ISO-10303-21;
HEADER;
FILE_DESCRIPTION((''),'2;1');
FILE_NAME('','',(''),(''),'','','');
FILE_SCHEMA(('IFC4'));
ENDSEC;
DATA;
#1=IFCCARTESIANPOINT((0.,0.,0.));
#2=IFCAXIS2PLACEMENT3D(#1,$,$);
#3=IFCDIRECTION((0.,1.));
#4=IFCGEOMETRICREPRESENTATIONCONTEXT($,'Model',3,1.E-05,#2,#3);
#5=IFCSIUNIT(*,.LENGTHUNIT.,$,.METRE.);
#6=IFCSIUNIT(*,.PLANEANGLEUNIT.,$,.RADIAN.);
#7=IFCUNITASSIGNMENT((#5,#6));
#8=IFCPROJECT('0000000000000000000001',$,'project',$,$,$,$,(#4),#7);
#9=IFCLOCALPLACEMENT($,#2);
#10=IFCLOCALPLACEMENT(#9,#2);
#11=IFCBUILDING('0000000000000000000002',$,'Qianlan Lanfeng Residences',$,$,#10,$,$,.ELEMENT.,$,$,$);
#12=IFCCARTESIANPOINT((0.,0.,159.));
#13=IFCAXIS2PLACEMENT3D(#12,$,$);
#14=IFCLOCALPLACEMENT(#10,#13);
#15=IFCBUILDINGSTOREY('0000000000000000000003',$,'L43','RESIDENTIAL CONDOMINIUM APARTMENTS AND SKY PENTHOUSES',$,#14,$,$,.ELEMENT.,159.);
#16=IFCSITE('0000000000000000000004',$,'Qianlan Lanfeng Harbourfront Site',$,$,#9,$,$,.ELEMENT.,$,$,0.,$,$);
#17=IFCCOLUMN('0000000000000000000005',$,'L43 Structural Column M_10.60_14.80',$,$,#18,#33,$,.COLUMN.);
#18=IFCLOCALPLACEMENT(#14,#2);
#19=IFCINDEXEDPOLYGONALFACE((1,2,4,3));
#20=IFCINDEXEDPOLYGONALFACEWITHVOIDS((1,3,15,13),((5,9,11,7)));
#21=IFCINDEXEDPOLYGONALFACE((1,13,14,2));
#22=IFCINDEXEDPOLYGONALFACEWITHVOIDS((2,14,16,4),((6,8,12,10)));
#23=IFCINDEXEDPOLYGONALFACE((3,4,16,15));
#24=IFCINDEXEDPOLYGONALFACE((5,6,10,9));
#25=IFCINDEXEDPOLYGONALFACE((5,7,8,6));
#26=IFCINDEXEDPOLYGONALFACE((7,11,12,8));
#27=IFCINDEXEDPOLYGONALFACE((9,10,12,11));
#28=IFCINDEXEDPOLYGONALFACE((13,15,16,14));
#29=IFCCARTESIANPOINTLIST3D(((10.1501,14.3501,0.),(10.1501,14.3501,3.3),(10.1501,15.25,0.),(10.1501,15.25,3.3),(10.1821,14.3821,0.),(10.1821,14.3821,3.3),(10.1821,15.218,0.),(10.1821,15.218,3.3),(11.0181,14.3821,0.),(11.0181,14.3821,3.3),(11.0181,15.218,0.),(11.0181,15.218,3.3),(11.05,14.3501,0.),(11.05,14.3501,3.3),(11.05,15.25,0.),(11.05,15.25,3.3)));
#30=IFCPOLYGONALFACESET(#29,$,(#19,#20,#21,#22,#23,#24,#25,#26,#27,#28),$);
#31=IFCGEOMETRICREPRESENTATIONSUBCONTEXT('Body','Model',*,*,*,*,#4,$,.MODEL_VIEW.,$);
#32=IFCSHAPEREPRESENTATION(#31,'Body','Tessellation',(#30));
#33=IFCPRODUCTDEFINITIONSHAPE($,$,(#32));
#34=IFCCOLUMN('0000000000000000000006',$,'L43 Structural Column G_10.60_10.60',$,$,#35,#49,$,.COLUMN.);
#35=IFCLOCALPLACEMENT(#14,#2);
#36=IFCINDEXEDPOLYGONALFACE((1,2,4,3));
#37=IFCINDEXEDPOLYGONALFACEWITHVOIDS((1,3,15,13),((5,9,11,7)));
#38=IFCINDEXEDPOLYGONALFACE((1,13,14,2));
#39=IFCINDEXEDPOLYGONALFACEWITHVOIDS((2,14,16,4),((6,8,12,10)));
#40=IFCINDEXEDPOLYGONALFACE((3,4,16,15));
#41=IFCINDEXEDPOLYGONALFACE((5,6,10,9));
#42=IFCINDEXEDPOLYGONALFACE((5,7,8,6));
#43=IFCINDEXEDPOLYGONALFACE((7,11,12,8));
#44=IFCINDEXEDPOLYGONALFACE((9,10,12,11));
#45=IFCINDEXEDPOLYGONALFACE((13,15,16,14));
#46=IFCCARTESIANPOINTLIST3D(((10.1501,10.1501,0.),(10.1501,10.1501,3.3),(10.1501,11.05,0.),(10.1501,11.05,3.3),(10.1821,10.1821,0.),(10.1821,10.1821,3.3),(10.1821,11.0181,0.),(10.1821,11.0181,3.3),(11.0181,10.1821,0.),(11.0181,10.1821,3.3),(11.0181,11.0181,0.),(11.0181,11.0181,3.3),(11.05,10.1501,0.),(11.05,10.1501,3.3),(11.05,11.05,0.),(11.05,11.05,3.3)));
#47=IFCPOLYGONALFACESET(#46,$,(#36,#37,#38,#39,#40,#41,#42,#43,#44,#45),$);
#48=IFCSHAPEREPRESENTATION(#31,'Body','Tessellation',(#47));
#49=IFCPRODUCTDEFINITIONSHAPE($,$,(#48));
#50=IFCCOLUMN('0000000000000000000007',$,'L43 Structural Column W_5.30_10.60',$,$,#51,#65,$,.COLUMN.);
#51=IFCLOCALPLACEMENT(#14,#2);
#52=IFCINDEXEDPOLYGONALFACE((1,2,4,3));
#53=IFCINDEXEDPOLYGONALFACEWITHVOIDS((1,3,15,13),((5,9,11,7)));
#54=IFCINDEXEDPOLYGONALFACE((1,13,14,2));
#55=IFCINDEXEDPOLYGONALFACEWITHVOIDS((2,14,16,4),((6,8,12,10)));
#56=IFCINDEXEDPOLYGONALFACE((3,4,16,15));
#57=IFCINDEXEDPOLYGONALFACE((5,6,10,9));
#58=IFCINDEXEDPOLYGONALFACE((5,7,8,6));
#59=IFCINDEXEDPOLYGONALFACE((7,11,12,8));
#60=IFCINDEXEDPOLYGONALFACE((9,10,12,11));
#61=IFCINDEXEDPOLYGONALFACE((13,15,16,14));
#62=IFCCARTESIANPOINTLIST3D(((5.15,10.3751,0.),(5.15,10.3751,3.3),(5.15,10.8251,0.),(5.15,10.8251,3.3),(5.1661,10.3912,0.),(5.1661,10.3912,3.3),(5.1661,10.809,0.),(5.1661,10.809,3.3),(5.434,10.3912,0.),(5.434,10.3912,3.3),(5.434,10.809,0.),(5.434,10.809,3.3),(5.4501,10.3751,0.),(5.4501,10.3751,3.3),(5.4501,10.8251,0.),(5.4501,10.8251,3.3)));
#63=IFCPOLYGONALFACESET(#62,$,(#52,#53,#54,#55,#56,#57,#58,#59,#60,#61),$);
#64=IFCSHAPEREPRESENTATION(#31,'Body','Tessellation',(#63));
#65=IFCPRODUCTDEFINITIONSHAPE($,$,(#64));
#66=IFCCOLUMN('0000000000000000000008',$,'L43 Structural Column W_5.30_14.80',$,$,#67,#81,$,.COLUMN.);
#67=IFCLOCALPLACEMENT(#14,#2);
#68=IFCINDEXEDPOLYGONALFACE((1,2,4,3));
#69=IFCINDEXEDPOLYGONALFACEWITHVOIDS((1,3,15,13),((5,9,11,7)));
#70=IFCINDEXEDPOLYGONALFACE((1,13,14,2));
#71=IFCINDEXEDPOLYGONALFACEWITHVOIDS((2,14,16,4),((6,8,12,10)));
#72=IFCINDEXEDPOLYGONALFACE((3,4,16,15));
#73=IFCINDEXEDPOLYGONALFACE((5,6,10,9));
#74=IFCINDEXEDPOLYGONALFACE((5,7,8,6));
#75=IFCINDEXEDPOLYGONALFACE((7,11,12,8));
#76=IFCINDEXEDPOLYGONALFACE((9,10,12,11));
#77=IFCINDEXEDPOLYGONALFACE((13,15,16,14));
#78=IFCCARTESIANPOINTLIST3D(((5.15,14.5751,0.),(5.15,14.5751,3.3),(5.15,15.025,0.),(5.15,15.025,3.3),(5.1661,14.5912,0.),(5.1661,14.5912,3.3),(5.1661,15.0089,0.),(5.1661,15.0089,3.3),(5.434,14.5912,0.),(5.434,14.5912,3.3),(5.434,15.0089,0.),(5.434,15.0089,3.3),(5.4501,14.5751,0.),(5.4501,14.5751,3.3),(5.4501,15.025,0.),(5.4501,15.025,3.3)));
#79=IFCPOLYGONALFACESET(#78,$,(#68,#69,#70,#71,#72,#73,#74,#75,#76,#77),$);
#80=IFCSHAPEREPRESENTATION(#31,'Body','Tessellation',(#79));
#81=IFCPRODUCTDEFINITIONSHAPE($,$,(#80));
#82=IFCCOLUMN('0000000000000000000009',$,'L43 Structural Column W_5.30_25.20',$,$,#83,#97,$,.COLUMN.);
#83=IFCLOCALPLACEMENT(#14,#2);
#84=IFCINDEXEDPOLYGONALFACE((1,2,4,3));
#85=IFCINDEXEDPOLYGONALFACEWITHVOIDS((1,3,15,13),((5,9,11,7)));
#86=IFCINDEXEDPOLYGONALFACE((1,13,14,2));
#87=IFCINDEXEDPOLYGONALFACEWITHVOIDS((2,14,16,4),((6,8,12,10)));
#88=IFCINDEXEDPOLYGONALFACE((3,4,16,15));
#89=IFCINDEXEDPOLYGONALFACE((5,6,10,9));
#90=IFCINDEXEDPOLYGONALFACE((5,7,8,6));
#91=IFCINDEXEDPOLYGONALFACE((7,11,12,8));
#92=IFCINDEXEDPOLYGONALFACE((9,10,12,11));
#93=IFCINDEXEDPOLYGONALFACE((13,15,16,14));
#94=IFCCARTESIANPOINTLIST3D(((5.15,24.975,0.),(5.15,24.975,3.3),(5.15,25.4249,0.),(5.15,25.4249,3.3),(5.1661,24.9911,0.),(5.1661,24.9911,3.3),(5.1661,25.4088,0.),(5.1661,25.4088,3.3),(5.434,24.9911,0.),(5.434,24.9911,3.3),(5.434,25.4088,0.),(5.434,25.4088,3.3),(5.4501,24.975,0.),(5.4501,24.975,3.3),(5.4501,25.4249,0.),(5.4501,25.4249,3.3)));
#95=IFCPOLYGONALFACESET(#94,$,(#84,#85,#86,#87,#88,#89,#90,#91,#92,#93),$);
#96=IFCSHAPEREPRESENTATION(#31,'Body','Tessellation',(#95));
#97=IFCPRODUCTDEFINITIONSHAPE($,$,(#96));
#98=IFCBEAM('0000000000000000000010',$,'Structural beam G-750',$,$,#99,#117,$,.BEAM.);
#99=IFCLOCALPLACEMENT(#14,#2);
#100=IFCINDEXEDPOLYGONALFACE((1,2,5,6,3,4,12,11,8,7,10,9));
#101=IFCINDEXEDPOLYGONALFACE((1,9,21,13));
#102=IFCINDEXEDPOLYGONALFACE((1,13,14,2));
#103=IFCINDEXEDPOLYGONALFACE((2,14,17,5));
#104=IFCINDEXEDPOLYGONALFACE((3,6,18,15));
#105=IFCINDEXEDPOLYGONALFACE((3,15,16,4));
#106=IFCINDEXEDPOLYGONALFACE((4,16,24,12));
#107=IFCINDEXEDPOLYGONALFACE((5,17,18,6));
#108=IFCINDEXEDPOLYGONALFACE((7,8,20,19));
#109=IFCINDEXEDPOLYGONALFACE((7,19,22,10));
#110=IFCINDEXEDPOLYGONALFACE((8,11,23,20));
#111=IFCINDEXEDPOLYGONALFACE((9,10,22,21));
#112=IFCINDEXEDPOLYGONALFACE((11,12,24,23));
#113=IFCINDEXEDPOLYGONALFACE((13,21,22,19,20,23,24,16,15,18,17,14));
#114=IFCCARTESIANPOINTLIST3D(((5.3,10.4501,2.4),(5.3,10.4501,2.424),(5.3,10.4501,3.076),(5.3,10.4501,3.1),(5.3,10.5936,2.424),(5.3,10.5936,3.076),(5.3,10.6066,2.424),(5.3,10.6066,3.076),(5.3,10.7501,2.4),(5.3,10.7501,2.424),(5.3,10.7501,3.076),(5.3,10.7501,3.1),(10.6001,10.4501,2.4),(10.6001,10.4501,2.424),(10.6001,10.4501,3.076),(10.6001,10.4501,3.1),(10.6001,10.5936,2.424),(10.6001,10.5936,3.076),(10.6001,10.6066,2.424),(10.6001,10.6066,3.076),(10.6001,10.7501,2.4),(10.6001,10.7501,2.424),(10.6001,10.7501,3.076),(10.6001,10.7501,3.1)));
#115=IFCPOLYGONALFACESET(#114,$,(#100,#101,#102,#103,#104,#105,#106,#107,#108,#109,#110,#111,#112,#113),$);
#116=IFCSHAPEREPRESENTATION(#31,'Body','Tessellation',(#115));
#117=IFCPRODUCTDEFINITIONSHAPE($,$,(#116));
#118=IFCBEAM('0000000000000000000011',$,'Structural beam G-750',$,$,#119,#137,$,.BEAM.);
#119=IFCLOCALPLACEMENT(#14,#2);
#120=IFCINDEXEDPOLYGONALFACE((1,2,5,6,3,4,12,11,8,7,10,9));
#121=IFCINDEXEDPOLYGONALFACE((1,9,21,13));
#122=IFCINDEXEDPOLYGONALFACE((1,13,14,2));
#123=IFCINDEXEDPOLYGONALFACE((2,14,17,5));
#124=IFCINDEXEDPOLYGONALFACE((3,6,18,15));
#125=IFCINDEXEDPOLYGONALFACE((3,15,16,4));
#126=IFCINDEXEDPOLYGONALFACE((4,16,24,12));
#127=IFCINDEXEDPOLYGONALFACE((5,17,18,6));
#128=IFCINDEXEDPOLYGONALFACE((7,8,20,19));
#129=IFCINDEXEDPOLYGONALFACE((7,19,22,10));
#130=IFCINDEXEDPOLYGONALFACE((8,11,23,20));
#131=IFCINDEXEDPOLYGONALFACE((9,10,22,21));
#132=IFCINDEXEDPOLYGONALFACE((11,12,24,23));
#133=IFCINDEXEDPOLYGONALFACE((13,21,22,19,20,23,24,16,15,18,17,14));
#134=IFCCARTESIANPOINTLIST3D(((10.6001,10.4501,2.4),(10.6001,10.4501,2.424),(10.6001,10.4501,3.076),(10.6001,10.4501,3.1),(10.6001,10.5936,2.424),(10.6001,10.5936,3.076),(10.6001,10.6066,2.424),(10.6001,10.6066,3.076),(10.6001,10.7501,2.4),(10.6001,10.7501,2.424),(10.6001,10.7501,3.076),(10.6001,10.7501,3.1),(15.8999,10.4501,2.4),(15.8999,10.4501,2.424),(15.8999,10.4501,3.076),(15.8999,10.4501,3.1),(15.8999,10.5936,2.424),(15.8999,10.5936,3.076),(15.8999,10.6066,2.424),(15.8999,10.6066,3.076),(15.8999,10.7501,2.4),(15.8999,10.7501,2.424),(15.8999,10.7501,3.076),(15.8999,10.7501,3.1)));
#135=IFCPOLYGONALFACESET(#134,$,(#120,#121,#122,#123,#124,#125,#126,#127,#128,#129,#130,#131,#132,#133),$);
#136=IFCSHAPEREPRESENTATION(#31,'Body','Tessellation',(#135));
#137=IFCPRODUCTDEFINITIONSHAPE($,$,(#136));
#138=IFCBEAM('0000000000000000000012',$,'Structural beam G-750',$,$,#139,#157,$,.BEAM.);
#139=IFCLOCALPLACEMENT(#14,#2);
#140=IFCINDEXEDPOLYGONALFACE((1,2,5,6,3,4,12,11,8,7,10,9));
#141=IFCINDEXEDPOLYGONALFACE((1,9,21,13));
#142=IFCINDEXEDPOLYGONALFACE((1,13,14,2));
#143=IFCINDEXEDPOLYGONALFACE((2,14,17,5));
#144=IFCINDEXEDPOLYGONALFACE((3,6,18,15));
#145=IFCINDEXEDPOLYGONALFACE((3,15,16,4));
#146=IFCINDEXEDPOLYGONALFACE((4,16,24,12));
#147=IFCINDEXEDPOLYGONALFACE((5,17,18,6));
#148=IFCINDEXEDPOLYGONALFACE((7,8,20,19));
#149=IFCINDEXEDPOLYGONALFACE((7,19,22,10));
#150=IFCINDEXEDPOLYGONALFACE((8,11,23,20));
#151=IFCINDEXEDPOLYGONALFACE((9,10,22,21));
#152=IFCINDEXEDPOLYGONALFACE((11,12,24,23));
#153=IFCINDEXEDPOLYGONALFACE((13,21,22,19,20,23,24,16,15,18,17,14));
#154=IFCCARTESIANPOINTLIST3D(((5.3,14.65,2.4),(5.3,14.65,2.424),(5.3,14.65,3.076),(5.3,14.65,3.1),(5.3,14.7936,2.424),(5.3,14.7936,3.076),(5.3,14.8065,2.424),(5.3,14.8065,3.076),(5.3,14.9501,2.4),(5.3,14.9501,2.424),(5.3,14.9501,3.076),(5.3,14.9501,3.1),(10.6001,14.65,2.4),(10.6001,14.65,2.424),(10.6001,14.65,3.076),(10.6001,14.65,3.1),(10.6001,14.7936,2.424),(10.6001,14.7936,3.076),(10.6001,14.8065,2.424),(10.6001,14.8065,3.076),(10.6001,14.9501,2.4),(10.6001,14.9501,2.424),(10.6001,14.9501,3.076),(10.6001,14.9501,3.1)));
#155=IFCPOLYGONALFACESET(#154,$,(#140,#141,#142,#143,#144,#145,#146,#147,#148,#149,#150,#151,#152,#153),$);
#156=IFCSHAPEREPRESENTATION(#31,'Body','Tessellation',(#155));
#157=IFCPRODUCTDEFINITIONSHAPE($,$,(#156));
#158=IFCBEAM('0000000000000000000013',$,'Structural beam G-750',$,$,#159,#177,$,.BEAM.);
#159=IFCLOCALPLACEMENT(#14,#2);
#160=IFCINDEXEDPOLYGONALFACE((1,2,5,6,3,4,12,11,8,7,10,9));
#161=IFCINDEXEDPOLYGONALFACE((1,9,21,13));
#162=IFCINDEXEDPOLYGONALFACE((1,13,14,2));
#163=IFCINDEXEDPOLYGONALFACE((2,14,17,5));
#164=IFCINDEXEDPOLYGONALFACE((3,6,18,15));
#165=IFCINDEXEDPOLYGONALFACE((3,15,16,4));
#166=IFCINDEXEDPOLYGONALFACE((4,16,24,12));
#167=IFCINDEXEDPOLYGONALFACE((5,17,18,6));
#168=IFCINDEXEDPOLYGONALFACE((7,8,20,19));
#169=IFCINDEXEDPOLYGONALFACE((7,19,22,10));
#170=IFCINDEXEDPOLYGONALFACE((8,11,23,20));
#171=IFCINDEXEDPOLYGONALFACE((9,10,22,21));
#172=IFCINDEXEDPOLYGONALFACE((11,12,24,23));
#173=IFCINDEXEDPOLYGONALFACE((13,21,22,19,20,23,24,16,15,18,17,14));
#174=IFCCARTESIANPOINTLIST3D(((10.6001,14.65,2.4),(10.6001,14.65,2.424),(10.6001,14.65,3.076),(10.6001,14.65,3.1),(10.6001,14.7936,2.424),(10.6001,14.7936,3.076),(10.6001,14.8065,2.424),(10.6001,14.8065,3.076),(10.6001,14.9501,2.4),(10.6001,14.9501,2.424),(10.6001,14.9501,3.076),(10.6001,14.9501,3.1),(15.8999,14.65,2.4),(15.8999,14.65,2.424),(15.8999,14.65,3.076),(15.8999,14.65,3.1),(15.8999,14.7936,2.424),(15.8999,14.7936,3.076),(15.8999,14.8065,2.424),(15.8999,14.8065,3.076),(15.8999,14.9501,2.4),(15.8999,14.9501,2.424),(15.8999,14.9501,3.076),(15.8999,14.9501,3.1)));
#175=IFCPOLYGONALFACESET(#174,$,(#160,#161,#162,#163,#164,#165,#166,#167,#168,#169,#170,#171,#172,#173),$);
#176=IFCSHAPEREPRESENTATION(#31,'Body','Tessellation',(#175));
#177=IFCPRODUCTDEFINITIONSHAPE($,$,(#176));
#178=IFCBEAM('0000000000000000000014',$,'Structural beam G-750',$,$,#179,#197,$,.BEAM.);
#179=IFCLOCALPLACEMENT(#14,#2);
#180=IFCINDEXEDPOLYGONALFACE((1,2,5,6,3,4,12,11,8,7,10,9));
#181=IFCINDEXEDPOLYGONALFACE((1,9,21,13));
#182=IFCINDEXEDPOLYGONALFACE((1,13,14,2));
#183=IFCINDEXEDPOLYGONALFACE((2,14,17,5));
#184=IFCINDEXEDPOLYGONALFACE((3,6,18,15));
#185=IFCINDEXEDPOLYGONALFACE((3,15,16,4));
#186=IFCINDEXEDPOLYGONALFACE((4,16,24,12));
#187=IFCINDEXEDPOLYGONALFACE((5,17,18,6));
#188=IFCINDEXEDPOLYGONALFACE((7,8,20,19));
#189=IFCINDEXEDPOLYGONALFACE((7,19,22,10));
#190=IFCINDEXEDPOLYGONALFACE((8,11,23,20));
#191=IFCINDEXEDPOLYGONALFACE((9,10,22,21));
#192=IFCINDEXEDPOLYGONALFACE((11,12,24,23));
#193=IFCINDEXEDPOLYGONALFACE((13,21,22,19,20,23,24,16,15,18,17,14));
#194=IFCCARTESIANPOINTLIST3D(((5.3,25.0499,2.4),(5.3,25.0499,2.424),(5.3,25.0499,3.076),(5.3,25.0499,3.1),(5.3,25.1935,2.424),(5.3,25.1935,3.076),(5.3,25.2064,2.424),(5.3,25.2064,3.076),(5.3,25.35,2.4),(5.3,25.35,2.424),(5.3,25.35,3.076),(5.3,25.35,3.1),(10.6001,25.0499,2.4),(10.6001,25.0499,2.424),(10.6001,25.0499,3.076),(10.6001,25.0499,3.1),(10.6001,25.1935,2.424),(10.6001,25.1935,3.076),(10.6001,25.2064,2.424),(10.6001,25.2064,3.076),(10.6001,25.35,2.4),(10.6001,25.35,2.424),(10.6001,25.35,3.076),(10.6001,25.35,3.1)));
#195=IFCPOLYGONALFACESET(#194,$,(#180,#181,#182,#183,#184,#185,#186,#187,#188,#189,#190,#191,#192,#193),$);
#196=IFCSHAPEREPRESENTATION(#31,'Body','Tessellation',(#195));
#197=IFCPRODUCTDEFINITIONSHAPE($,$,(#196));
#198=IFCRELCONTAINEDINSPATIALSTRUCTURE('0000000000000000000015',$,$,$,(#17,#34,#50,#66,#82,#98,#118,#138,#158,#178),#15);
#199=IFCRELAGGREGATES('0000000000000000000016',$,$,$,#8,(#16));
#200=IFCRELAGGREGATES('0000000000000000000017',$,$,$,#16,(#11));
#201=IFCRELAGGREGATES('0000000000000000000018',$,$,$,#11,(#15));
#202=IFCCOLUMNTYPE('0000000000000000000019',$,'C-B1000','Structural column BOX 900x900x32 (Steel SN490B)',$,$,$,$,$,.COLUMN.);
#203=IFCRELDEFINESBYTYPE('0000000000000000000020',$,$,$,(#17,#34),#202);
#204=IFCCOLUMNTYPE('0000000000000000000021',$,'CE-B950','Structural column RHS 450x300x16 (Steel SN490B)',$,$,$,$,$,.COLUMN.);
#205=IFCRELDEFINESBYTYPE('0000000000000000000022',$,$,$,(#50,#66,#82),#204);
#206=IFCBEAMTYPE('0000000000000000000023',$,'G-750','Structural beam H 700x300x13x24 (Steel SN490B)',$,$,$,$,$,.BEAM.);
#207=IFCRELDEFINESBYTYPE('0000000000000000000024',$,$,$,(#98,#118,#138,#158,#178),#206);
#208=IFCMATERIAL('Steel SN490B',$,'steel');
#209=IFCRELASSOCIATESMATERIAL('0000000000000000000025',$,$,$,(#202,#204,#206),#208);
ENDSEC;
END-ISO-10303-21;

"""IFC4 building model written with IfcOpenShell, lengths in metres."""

from ifc_helpers import new_model, si_unit, direction, frame, origin, origin_2d, place, context, subcontext, project, spatial, hollow_rectangle, i_section, extrude, material, material_profile, profile_set, type_object, element, save


model = new_model("IFC4")

# Units and contexts
model_context = context("Model", 3, precision=1e-05, world=origin(), true_north=direction((0.0, 1.0)))
body_context = subcontext(model_context, "Body", "Model", "MODEL_VIEW")
ifc_project = project(units=[si_unit("LENGTHUNIT", "METRE"), si_unit("PLANEANGLEUNIT", "RADIAN")], contexts=[model_context])

# Site, building, storey
site_placement = place(None, origin())
site = spatial("IfcSite", under=ifc_project, at=site_placement, Name="Qianlan Lanfeng Harbourfront Site", CompositionType="ELEMENT", RefElevation=0.0)
building_placement = place(site_placement, origin())
building = spatial("IfcBuilding", under=site, at=building_placement, Name="Qianlan Lanfeng Residences", CompositionType="ELEMENT")
storey_placement = place(building_placement, frame((0.0, 0.0, 159.0)))
storey = spatial("IfcBuildingStorey", under=building, at=storey_placement, Name="L43", Description="RESIDENTIAL CONDOMINIUM APARTMENTS AND SKY PENTHOUSES", CompositionType="ELEMENT", Elevation=159.0)

# Columns
ifc_material_1 = material(Name="Steel SN490B", Category="steel")
ifc_material_profile_1 = material_profile(ifc_material_1, hollow_rectangle(XDim=0.8999, YDim=0.8999, WallThickness=0.032, at=origin_2d()), Name="BOX 900x900x32")
ifc_profile_set_1 = profile_set([ifc_material_profile_1], Name="Steel SN490B")
column_type_1 = type_object("IfcColumnType", Name="C-B1000", Description="Structural column BOX 900x900x32 (Steel SN490B)", PredefinedType="COLUMN", material=ifc_profile_set_1)
for number, where, z_axis, x_axis, name in (
    (1, (10.6001, 14.8, 0.0), (0.0, 0.0, 1.0), (1.0, 0.0, 0.0), "L43 Structural Column M_10.60_14.80"),
    (2, (10.6001, 10.6001, 0.0), (0.0, 0.0, 1.0), (1.0, 0.0, 0.0), "L43 Structural Column G_10.60_10.60"),
):
    element("IfcColumn", number, at=place(storey_placement, frame(where, z_axis=z_axis, x_axis=x_axis)), inside=storey, type_object=column_type_1, Name=name, PredefinedType="COLUMN", context=body_context, shape_type="SweptSolid", body=[
        extrude(hollow_rectangle(XDim=0.8999, YDim=0.8999, WallThickness=0.032, at=origin_2d()), origin(), (0.0, 0.0, 1.0), 3.3),
    ])
ifc_material_profile_2 = material_profile(ifc_material_1, hollow_rectangle(XDim=0.3, YDim=0.45, WallThickness=0.0161, at=origin_2d()), Name="RHS 450x300x16")
ifc_profile_set_2 = profile_set([ifc_material_profile_2], Name="Steel SN490B")
column_type_2 = type_object("IfcColumnType", Name="CE-B950", Description="Structural column RHS 450x300x16 (Steel SN490B)", PredefinedType="COLUMN", material=ifc_profile_set_2)
for number, where, z_axis, x_axis, name in (
    (3, (5.3, 10.6001, 0.0), (0.0, 0.0, 1.0), (1.0, 0.0, 0.0), "L43 Structural Column W_5.30_10.60"),
    (4, (5.3, 14.8, 0.0), (0.0, 0.0, 1.0), (1.0, 0.0, 0.0), "L43 Structural Column W_5.30_14.80"),
    (5, (5.3, 25.2, 0.0), (0.0, 0.0, 1.0), (1.0, 0.0, 0.0), "L43 Structural Column W_5.30_25.20"),
):
    element("IfcColumn", number, at=place(storey_placement, frame(where, z_axis=z_axis, x_axis=x_axis)), inside=storey, type_object=column_type_2, Name=name, PredefinedType="COLUMN", context=body_context, shape_type="SweptSolid", body=[
        extrude(hollow_rectangle(XDim=0.3, YDim=0.45, WallThickness=0.0161, at=origin_2d()), origin(), (0.0, 0.0, 1.0), 3.3),
    ])

# Beams
ifc_material_profile_3 = material_profile(ifc_material_1, i_section(OverallWidth=0.3, OverallDepth=0.7, WebThickness=0.0129, FlangeThickness=0.0239, at=origin_2d()), Name="H 700x300x13x24")
ifc_profile_set_3 = profile_set([ifc_material_profile_3], Name="Steel SN490B")
beam_type_1 = type_object("IfcBeamType", Name="G-750", Description="Structural beam H 700x300x13x24 (Steel SN490B)", PredefinedType="BEAM", material=ifc_profile_set_3)
beam_1_placement = place(storey_placement, frame((5.3, 10.6001, 2.75), z_axis=(1.0, 0.0, 0.0), x_axis=(0.0, 1.0, 0.0)))
element("IfcBeam", 6, at=beam_1_placement, inside=storey, type_object=beam_type_1, Name="Structural beam G-750", PredefinedType="BEAM", context=body_context, shape_type="SweptSolid", body=[
    extrude(i_section(OverallWidth=0.3, OverallDepth=0.7, WebThickness=0.0129, FlangeThickness=0.0239, at=origin_2d()), origin(), (0.0, 0.0, 1.0), 5.3),
])
beam_2_placement = place(storey_placement, frame((10.6001, 10.6001, 2.75), z_axis=(1.0, 0.0, 0.0), x_axis=(0.0, 1.0, 0.0)))
element("IfcBeam", 7, at=beam_2_placement, inside=storey, type_object=beam_type_1, Name="Structural beam G-750", PredefinedType="BEAM", context=body_context, shape_type="SweptSolid", body=[
    extrude(i_section(OverallWidth=0.3, OverallDepth=0.7, WebThickness=0.0129, FlangeThickness=0.0239, at=origin_2d()), origin(), (0.0, 0.0, 1.0), 5.2998),
])
beam_3_placement = place(storey_placement, frame((5.3, 14.8, 2.75), z_axis=(1.0, 0.0, 0.0), x_axis=(0.0, 1.0, 0.0)))
element("IfcBeam", 8, at=beam_3_placement, inside=storey, type_object=beam_type_1, Name="Structural beam G-750", PredefinedType="BEAM", context=body_context, shape_type="SweptSolid", body=[
    extrude(i_section(OverallWidth=0.3, OverallDepth=0.7, WebThickness=0.0129, FlangeThickness=0.0239, at=origin_2d()), origin(), (0.0, 0.0, 1.0), 5.3),
])
beam_4_placement = place(storey_placement, frame((10.6001, 14.8, 2.75), z_axis=(1.0, 0.0, 0.0), x_axis=(0.0, 1.0, 0.0)))
element("IfcBeam", 9, at=beam_4_placement, inside=storey, type_object=beam_type_1, Name="Structural beam G-750", PredefinedType="BEAM", context=body_context, shape_type="SweptSolid", body=[
    extrude(i_section(OverallWidth=0.3, OverallDepth=0.7, WebThickness=0.0129, FlangeThickness=0.0239, at=origin_2d()), origin(), (0.0, 0.0, 1.0), 5.2998),
])
beam_5_placement = place(storey_placement, frame((5.3, 25.2, 2.75), z_axis=(1.0, 0.0, 0.0), x_axis=(0.0, 1.0, 0.0)))
element("IfcBeam", 10, at=beam_5_placement, inside=storey, type_object=beam_type_1, Name="Structural beam G-750", PredefinedType="BEAM", context=body_context, shape_type="SweptSolid", body=[
    extrude(i_section(OverallWidth=0.3, OverallDepth=0.7, WebThickness=0.0129, FlangeThickness=0.0239, at=origin_2d()), origin(), (0.0, 0.0, 1.0), 5.3),
])

save(model, "model.ifc")
